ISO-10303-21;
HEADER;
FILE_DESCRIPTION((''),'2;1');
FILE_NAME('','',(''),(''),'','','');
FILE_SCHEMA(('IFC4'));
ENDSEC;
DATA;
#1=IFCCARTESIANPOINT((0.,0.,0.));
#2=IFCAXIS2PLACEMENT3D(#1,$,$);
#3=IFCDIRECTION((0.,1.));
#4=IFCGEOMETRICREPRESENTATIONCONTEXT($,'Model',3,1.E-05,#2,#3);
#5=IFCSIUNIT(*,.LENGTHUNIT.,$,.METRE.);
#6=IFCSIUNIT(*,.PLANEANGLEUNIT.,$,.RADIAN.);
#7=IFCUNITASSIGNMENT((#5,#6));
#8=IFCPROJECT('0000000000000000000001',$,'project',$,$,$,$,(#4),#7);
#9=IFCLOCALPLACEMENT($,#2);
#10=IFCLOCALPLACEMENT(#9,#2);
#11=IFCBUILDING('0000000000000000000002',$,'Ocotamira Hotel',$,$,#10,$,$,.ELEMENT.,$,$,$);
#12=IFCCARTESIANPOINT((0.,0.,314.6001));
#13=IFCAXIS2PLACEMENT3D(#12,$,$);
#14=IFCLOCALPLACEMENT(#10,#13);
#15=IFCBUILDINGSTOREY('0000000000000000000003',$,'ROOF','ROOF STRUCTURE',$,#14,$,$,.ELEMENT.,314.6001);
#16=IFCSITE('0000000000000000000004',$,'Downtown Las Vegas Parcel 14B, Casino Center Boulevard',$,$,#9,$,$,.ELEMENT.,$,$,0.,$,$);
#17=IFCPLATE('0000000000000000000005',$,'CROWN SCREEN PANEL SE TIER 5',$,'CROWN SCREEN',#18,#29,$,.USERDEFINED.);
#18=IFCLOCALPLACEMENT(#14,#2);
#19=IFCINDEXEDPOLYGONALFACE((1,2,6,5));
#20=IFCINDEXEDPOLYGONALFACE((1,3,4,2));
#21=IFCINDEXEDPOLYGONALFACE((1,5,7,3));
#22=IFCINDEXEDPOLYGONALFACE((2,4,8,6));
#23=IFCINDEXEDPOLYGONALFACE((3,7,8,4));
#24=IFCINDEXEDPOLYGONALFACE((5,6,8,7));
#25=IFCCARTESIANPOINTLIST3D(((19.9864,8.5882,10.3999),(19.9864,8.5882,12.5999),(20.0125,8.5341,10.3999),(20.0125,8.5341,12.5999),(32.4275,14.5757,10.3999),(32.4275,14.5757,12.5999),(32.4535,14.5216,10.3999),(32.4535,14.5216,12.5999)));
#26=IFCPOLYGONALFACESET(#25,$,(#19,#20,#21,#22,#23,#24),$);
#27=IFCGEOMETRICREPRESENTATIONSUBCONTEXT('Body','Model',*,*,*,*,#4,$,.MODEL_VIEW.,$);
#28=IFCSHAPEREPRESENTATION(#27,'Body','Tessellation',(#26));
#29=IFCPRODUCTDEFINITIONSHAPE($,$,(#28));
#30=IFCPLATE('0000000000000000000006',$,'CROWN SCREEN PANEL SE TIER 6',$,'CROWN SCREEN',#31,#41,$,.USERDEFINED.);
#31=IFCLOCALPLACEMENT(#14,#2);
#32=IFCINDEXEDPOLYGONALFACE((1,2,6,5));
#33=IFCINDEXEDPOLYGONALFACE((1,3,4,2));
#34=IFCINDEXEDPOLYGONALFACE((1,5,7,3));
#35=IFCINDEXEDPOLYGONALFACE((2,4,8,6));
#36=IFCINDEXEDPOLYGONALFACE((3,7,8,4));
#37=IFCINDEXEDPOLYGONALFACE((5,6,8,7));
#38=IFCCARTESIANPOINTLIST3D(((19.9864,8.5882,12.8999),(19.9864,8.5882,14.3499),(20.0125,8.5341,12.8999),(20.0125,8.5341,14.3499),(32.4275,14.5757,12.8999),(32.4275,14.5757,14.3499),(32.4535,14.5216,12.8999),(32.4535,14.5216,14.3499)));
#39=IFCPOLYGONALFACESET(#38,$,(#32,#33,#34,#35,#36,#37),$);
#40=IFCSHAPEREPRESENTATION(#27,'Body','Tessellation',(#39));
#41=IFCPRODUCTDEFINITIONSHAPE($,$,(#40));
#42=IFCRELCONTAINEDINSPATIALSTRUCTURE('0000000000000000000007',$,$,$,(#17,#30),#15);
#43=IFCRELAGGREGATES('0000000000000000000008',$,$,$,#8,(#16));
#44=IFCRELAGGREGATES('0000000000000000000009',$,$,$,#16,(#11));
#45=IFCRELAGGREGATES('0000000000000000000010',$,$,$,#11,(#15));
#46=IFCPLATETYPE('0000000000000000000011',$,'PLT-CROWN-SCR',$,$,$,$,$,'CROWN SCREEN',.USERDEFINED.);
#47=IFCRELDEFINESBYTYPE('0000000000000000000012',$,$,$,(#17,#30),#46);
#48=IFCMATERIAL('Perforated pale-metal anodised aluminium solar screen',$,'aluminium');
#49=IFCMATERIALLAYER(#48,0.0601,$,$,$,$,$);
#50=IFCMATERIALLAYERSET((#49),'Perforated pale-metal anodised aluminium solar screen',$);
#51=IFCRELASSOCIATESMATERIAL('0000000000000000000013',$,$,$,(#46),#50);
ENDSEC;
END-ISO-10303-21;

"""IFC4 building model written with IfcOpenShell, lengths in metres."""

from ifc_helpers import new_model, si_unit, direction, frame, origin, origin_2d, place, context, subcontext, project, spatial, rectangle, extrude, source, transform, mapped, material, layer, layer_set, type_object, element, save


model = new_model("IFC4")

# Units and contexts
model_context = context("Model", 3, precision=1e-05, world=origin(), true_north=direction((0.0, 1.0)))
body_context = subcontext(model_context, "Body", "Model", "MODEL_VIEW")
ifc_project = project(units=[si_unit("LENGTHUNIT", "METRE"), si_unit("PLANEANGLEUNIT", "RADIAN")], contexts=[model_context])

# Site, building, storey
site_placement = place(None, origin())
site = spatial("IfcSite", under=ifc_project, at=site_placement, Name="Downtown Las Vegas Parcel 14B, Casino Center Boulevard", CompositionType="ELEMENT", RefElevation=0.0)
building_placement = place(site_placement, origin())
building = spatial("IfcBuilding", under=site, at=building_placement, Name="Ocotamira Hotel", CompositionType="ELEMENT")
storey_placement = place(building_placement, frame((0.0, 0.0, 314.6001)))
storey = spatial("IfcBuildingStorey", under=building, at=storey_placement, Name="ROOF", Description="ROOF STRUCTURE", CompositionType="ELEMENT", Elevation=314.6001)

# Plates
ifc_material_1 = material(Name="Perforated pale-metal anodised aluminium solar screen", Category="aluminium")
ifc_layer_1 = layer(ifc_material_1, 0.0601)
ifc_layer_set_1 = layer_set([ifc_layer_1], Name="Perforated pale-metal anodised aluminium solar screen")
plate_type_1 = type_object("IfcPlateType", Name="PLT-CROWN-SCR", ElementType="CROWN SCREEN", PredefinedType="USERDEFINED", material=ifc_layer_set_1)
shared_shape_1 = source(origin(), body_context, "Body", "SweptSolid", [
    extrude(rectangle(XDim=13.8069, YDim=0.0601, at=origin_2d()), origin(), (0.0, 0.0, 1.0), 2.2),
])
for number, where, z_axis, x_axis, name in (
    (1, (26.22, 11.5549, 10.3999), (0.0, 0.0, 1.0), (0.901077, 0.433659, 0.0), "CROWN SCREEN PANEL SE TIER 5"),
):
    element("IfcPlate", number, at=place(storey_placement, frame(where, z_axis=z_axis, x_axis=x_axis)), inside=storey, type_object=plate_type_1, Name=name, ObjectType="CROWN SCREEN", PredefinedType="USERDEFINED", context=body_context, shape_type="MappedRepresentation", body=[
        mapped(shared_shape_1, transform((0.0, 0.0, 0.0), scale=1.0)),
    ])
shared_shape_2 = source(origin(), body_context, "Body", "SweptSolid", [
    extrude(rectangle(XDim=13.8069, YDim=0.0601, at=origin_2d()), origin(), (0.0, 0.0, 1.0), 1.45),
])
plate_1_placement = place(storey_placement, frame((26.22, 11.5549, 12.8999), z_axis=(0.0, 0.0, 1.0), x_axis=(0.901077, 0.433659, 0.0)))
element("IfcPlate", 2, at=plate_1_placement, inside=storey, type_object=plate_type_1, Name="CROWN SCREEN PANEL SE TIER 6", ObjectType="CROWN SCREEN", PredefinedType="USERDEFINED", context=body_context, shape_type="MappedRepresentation", body=[
    mapped(shared_shape_2, transform((0.0, 0.0, 0.0), scale=1.0)),
])

save(model, "model.ifc")
